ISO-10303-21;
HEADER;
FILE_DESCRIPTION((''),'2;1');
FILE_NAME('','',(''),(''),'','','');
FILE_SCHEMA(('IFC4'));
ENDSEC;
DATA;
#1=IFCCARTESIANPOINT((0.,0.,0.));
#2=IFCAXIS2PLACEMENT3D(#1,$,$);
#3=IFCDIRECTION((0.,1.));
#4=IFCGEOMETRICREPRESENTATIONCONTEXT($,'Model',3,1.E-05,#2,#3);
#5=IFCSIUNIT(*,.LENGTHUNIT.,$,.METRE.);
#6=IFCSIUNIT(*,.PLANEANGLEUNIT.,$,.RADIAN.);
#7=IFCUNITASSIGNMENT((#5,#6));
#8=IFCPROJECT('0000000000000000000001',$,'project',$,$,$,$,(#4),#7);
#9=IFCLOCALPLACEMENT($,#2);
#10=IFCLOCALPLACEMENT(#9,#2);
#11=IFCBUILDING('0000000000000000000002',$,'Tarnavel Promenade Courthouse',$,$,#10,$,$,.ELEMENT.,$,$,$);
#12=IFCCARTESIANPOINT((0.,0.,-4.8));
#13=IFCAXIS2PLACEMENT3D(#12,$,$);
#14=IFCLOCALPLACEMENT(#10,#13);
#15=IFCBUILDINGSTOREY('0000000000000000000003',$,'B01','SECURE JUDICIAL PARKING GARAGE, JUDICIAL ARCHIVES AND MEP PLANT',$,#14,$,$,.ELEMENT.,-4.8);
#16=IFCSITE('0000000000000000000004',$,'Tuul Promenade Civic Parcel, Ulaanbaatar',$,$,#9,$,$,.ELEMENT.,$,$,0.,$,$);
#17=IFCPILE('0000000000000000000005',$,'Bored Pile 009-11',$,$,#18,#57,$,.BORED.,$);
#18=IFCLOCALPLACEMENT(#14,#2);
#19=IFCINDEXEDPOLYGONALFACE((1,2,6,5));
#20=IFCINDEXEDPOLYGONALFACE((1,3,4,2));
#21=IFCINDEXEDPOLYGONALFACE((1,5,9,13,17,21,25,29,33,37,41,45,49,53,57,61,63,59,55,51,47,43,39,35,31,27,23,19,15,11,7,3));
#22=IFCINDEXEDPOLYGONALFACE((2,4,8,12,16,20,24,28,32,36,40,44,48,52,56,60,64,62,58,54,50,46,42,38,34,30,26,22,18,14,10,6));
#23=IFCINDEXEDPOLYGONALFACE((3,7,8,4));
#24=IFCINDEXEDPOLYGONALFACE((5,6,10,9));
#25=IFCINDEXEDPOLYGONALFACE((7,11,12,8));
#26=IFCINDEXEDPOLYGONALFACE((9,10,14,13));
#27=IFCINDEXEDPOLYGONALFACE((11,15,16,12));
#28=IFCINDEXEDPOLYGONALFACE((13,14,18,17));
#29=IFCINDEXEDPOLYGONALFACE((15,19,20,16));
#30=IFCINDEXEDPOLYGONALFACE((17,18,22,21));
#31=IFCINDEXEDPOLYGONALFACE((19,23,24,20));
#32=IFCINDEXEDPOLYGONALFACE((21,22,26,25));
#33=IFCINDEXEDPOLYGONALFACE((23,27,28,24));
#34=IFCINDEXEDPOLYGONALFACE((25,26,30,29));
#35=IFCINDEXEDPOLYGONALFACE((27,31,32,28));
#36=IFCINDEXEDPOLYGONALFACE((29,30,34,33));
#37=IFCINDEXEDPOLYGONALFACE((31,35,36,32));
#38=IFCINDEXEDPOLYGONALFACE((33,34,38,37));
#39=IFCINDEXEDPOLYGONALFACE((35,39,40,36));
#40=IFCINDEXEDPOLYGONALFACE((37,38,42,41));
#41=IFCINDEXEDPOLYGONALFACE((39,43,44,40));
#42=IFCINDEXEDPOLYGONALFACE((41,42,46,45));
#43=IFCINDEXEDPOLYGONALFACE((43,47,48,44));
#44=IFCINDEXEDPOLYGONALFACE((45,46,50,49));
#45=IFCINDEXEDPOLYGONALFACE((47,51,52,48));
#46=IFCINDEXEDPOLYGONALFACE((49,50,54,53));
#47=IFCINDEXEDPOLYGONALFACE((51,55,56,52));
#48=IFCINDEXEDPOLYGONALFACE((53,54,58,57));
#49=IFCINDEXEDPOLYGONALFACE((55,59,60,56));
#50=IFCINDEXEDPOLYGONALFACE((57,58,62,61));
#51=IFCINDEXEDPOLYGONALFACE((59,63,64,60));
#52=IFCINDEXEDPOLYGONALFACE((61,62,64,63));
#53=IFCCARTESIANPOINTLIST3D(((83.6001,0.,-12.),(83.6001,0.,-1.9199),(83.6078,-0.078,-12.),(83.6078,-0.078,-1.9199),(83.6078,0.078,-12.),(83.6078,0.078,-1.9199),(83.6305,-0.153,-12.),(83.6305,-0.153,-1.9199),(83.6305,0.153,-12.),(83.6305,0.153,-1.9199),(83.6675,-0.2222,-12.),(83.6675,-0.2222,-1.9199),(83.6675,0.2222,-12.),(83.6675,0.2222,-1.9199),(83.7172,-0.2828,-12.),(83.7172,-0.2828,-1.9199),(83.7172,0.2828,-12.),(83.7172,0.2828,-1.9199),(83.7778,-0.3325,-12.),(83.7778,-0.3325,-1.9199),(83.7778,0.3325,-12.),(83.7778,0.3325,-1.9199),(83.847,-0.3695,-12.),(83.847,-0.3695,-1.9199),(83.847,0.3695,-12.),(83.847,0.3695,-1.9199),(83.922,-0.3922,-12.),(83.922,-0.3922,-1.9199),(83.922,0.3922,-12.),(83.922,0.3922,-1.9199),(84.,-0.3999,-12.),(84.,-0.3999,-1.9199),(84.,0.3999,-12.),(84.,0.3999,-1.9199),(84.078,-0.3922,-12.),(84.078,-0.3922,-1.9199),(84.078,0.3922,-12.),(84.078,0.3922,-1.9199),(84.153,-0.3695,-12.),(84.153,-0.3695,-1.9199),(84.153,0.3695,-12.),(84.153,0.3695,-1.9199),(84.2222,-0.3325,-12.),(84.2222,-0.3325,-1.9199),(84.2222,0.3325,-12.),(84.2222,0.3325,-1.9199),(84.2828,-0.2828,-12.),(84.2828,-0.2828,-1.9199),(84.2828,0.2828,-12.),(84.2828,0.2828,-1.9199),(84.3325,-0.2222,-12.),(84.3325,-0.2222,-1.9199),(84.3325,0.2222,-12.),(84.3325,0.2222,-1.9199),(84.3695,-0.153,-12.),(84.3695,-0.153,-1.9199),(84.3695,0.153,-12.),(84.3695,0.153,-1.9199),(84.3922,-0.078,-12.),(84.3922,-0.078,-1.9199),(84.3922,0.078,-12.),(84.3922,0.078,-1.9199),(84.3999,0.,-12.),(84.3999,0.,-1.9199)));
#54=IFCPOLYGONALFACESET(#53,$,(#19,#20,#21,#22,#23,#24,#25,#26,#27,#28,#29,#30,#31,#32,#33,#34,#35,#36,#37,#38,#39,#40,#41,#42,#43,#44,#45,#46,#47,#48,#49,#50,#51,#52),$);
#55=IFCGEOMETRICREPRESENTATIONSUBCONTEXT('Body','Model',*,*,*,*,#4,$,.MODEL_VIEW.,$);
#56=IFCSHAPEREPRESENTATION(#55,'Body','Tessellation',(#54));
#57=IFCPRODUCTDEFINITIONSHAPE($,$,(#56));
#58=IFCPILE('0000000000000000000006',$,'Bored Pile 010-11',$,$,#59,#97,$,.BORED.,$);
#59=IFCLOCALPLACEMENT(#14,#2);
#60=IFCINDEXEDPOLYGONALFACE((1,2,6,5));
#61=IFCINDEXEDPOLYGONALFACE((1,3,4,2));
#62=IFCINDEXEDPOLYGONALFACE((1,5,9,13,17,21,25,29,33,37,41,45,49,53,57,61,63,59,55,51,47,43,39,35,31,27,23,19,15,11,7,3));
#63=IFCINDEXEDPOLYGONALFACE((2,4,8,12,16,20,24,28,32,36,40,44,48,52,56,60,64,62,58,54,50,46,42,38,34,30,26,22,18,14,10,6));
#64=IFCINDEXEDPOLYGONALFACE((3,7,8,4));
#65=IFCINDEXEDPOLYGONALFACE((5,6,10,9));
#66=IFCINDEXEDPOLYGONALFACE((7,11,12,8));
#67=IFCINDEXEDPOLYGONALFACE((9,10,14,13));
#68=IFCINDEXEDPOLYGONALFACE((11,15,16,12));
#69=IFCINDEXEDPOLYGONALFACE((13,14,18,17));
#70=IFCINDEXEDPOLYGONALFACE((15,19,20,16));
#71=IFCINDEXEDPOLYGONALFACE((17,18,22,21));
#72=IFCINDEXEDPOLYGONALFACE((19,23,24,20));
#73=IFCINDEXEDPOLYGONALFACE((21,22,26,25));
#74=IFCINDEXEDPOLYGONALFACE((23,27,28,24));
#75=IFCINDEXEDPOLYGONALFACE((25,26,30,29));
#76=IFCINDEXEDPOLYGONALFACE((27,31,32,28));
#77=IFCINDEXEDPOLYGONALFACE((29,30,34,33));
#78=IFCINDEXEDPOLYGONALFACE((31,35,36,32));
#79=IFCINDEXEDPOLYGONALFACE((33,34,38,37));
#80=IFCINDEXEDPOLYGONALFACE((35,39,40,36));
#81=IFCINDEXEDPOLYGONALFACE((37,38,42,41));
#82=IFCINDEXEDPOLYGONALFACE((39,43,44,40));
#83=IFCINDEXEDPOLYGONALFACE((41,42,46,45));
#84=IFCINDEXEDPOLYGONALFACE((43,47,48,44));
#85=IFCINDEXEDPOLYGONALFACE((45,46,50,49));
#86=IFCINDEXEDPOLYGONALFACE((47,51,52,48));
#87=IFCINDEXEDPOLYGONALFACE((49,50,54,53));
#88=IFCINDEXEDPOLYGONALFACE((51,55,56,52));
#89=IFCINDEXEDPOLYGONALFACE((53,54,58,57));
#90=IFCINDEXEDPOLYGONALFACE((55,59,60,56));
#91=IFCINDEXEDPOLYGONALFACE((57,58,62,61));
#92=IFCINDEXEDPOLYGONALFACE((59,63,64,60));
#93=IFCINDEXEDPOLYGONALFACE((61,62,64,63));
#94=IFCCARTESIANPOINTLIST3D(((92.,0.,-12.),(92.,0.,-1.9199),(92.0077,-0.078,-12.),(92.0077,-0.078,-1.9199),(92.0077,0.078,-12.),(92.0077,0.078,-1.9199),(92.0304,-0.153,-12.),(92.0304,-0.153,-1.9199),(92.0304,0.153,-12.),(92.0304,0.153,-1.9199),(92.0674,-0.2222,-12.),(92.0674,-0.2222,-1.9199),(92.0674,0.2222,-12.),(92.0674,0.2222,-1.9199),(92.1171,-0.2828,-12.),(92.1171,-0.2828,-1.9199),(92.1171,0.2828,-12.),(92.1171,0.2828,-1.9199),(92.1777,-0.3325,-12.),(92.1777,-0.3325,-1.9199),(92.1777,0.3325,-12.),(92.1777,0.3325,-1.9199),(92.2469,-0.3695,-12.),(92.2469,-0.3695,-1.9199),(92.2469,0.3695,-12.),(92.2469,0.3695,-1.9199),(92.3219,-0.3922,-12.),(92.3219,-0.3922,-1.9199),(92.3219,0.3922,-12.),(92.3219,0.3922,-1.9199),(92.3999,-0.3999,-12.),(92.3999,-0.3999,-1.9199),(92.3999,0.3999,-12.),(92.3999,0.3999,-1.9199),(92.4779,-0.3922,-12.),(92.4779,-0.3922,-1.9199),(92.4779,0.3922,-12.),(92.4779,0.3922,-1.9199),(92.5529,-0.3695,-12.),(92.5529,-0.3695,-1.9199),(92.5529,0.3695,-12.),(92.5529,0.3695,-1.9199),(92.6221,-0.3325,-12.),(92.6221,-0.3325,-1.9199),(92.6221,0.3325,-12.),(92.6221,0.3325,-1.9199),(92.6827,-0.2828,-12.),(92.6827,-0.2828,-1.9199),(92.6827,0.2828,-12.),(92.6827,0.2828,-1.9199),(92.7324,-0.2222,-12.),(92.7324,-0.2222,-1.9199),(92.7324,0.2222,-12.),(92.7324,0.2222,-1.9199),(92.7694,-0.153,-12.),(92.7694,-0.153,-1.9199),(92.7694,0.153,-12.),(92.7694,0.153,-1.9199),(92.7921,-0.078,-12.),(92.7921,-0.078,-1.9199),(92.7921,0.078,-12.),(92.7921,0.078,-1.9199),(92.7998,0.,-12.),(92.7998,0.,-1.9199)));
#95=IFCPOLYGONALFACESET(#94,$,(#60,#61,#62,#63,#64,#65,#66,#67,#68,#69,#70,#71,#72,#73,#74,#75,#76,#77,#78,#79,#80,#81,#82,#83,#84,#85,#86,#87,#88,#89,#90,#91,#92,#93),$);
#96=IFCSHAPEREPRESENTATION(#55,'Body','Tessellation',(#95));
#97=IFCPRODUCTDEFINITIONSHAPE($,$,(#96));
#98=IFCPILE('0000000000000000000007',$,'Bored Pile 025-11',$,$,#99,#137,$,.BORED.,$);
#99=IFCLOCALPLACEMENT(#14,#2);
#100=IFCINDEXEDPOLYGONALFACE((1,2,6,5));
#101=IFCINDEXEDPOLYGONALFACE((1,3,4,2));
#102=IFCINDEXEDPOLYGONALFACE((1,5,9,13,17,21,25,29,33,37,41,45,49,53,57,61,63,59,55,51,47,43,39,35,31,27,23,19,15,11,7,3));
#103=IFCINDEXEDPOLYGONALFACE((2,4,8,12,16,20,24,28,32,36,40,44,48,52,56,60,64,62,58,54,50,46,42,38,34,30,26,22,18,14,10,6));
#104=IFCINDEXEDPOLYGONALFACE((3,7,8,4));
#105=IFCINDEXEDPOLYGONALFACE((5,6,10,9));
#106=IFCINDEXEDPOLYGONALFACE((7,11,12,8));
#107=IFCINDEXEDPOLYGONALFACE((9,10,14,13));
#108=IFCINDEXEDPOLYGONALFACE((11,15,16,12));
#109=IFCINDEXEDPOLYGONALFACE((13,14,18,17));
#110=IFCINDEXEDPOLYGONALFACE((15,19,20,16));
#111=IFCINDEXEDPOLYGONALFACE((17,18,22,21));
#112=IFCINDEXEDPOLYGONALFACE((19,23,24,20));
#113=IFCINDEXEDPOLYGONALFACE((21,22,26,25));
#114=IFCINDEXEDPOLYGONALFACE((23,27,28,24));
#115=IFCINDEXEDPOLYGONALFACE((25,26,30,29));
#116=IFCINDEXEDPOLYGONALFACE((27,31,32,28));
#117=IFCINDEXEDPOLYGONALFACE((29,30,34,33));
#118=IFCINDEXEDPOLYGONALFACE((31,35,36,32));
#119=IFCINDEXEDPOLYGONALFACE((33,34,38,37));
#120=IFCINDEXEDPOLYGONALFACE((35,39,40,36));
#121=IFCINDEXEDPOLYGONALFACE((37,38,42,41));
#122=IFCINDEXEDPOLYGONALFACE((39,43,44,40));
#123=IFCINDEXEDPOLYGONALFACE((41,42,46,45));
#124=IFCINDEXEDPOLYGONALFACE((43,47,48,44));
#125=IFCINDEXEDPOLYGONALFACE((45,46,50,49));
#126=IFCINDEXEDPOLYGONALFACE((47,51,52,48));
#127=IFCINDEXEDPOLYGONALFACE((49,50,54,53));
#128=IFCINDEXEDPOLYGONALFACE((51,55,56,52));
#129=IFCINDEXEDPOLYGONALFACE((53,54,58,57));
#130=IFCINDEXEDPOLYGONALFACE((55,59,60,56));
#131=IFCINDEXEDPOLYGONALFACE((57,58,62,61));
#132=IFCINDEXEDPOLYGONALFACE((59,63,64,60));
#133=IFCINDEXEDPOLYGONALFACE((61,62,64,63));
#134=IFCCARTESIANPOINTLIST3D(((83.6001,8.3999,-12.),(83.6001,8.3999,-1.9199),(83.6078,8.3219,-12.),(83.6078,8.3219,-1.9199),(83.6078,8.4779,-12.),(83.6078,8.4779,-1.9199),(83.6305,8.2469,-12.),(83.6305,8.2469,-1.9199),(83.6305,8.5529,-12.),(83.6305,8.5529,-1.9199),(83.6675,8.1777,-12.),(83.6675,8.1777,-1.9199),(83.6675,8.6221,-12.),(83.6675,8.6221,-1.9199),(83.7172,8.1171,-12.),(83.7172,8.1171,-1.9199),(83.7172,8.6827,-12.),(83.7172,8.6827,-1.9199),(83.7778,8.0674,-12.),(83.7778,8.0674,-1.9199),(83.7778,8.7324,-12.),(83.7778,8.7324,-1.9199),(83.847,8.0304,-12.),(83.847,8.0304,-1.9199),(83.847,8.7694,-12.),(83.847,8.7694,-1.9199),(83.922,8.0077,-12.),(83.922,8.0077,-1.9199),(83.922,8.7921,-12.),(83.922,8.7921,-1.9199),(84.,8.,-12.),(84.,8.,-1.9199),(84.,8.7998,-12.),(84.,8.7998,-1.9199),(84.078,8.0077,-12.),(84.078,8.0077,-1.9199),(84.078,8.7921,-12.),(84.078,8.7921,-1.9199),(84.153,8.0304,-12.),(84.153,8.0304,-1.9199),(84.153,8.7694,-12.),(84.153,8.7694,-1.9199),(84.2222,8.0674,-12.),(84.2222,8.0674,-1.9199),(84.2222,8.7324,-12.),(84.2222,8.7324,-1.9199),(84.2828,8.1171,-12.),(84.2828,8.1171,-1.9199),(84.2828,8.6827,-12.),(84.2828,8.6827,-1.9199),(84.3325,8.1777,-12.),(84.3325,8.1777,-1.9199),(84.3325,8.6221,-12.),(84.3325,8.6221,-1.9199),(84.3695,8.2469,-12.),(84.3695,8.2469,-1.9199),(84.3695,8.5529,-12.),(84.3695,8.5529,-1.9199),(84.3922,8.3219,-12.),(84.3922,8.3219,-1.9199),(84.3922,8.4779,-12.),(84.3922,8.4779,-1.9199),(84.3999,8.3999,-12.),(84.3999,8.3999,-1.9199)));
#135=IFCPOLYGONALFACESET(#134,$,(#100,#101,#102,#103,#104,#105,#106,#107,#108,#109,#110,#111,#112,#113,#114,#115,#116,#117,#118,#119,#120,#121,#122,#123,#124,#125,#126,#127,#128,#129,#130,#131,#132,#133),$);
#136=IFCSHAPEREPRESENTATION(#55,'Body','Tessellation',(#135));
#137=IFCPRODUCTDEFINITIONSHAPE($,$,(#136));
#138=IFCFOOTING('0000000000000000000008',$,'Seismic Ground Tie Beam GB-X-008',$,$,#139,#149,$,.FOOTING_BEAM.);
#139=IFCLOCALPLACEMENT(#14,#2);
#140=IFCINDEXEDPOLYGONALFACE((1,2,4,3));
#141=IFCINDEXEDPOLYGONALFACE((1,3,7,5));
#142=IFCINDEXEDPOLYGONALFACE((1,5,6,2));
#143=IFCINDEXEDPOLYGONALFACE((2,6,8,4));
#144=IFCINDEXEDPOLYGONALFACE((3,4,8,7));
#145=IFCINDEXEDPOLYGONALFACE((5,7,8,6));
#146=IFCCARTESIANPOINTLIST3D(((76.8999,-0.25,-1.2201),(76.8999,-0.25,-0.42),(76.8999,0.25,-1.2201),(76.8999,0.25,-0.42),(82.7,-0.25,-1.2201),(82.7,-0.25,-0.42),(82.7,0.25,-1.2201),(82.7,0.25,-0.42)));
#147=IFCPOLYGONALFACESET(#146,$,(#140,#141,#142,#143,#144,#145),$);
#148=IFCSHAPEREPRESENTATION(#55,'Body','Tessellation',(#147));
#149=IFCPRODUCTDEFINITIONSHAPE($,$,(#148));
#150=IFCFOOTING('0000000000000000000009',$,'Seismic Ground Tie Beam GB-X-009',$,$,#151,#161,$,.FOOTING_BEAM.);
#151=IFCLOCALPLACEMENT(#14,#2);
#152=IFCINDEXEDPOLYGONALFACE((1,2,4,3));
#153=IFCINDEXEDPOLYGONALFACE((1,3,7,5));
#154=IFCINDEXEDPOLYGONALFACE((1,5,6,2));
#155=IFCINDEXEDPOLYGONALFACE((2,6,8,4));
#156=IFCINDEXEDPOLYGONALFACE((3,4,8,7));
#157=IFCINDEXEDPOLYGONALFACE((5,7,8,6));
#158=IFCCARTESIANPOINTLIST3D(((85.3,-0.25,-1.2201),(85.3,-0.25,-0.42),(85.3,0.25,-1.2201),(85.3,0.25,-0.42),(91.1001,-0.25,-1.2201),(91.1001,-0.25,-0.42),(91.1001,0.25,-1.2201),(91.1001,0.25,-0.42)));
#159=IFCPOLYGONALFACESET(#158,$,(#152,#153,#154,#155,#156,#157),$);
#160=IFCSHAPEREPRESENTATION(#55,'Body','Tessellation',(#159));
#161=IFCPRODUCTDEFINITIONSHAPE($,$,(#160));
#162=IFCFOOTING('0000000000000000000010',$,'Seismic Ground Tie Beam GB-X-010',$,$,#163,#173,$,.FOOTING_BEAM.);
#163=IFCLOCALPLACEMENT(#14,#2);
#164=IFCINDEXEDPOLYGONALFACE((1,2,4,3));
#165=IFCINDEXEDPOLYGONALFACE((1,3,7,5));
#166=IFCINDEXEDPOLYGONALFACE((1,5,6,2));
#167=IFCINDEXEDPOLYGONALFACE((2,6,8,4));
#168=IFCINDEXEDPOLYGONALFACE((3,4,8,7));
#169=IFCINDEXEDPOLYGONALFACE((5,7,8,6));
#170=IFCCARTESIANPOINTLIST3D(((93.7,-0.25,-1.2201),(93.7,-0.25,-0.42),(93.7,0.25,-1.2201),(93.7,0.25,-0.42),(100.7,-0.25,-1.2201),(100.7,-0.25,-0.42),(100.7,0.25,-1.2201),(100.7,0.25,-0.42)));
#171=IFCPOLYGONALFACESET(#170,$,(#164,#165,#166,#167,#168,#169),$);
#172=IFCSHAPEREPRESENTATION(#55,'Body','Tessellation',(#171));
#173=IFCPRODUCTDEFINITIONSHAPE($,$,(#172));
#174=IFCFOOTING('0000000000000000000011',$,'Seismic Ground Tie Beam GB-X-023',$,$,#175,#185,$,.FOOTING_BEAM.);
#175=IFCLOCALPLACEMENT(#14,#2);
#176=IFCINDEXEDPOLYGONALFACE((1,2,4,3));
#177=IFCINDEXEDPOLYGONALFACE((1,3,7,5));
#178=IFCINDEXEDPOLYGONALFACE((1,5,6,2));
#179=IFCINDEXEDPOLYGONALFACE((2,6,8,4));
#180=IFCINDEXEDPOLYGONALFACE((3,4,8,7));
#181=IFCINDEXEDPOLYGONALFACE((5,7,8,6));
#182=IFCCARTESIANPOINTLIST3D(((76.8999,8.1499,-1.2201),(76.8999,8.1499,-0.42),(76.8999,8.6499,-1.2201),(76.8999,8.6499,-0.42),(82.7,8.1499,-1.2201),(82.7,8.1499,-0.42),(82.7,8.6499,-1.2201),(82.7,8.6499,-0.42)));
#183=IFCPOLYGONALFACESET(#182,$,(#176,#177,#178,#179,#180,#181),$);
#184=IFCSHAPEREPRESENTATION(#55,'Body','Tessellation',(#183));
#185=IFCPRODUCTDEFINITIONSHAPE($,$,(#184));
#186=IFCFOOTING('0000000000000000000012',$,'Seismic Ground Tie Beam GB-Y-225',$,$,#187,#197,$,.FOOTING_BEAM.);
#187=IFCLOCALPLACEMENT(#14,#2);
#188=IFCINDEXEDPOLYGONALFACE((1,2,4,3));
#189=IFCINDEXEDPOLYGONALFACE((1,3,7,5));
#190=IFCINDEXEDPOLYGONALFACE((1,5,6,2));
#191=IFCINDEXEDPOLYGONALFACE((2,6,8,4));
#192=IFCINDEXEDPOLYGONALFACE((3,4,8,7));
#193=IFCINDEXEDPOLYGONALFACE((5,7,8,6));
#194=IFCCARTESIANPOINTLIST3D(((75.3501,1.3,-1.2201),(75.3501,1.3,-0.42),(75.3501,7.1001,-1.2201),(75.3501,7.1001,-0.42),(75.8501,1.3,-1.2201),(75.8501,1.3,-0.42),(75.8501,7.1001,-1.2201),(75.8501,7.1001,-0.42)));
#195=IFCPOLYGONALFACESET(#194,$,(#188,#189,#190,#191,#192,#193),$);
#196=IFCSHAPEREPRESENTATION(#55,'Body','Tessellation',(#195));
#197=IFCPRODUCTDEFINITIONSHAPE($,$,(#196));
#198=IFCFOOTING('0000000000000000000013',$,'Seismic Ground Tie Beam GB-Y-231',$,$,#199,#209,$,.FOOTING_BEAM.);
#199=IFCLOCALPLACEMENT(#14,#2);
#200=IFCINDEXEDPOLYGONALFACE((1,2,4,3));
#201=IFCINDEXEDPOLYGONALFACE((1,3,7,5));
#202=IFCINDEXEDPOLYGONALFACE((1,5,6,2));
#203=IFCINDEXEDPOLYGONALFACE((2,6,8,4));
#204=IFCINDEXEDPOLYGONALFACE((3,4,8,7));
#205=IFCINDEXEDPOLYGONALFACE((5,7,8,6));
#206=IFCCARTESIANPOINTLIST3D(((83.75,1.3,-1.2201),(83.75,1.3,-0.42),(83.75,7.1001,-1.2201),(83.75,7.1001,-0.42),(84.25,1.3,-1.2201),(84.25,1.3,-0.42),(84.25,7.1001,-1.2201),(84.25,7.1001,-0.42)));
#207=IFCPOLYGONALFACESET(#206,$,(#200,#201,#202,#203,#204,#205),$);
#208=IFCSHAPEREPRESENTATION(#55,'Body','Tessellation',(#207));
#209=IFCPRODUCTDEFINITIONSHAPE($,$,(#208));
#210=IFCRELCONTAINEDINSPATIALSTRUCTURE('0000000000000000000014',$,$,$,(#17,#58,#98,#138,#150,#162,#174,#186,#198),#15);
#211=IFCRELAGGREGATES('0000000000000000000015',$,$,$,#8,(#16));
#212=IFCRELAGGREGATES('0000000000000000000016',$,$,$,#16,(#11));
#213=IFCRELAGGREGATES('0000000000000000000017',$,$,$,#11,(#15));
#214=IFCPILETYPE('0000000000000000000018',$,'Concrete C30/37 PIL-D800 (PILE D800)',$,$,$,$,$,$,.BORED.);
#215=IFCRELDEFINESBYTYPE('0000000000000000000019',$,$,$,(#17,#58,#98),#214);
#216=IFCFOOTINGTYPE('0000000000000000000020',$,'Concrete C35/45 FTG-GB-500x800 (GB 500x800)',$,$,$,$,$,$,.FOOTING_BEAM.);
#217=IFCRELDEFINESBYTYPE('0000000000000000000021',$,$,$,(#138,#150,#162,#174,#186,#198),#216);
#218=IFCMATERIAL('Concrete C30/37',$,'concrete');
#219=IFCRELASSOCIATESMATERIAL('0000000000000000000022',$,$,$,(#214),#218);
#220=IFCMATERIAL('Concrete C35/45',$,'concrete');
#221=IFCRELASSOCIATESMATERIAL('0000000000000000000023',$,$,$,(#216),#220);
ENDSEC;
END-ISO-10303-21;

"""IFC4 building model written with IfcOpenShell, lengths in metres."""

from ifc_helpers import new_model, si_unit, direction, frame, origin, origin_2d, place, context, subcontext, project, spatial, rectangle, circle, extrude, material, material_profile, profile_set, type_object, element, save


model = new_model("IFC4")

# Units and contexts
model_context = context("Model", 3, precision=1e-05, world=origin(), true_north=direction((0.0, 1.0)))
body_context = subcontext(model_context, "Body", "Model", "MODEL_VIEW")
ifc_project = project(units=[si_unit("LENGTHUNIT", "METRE"), si_unit("PLANEANGLEUNIT", "RADIAN")], contexts=[model_context])

# Site, building, storey
site_placement = place(None, origin())
site = spatial("IfcSite", under=ifc_project, at=site_placement, Name="Tuul Promenade Civic Parcel, Ulaanbaatar", CompositionType="ELEMENT", RefElevation=0.0)
building_placement = place(site_placement, origin())
building = spatial("IfcBuilding", under=site, at=building_placement, Name="Tarnavel Promenade Courthouse", CompositionType="ELEMENT")
storey_placement = place(building_placement, frame((0.0, 0.0, -4.8)))
storey = spatial("IfcBuildingStorey", under=building, at=storey_placement, Name="B01", Description="SECURE JUDICIAL PARKING GARAGE, JUDICIAL ARCHIVES AND MEP PLANT", CompositionType="ELEMENT", Elevation=-4.8)

# Piles
ifc_material_1 = material(Name="Concrete C30/37", Category="concrete")
ifc_material_profile_1 = material_profile(ifc_material_1, circle(Radius=0.3999, at=origin_2d()), Name="PILE D800")
ifc_profile_set_1 = profile_set([ifc_material_profile_1], Name="Concrete C30/37")
pile_type = type_object("IfcPileType", Name="Concrete C30/37 PIL-D800 (PILE D800)", PredefinedType="BORED", material=ifc_profile_set_1)
for number, where, z_axis, x_axis, name in (
    (1, (84.0, 0.0, -1.9199), (0.0, 0.0, -1.0), (1.0, 0.0, 0.0), "Bored Pile 009-11"),
    (2, (92.3999, 0.0, -1.9199), (0.0, 0.0, -1.0), (1.0, 0.0, 0.0), "Bored Pile 010-11"),
    (3, (84.0, 8.3999, -1.9199), (0.0, 0.0, -1.0), (1.0, 0.0, 0.0), "Bored Pile 025-11"),
):
    element("IfcPile", number, at=place(storey_placement, frame(where, z_axis=z_axis, x_axis=x_axis)), inside=storey, type_object=pile_type, Name=name, PredefinedType="BORED", context=body_context, shape_type="SweptSolid", body=[
        extrude(circle(Radius=0.3999, at=origin_2d()), origin(), (0.0, 0.0, 1.0), 10.0801),
    ])

# Footings
ifc_material_2 = material(Name="Concrete C35/45", Category="concrete")
ifc_material_profile_2 = material_profile(ifc_material_2, rectangle(XDim=0.5, YDim=0.8, at=origin_2d()), Name="GB 500x800")
ifc_profile_set_2 = profile_set([ifc_material_profile_2], Name="Concrete C35/45")
footing_type_1 = type_object("IfcFootingType", Name="Concrete C35/45 FTG-GB-500x800 (GB 500x800)", PredefinedType="FOOTING_BEAM", material=ifc_profile_set_2)
for number, where, z_axis, x_axis, name in (
    (4, (76.8999, 0.0, -0.8201), (1.0, 0.0, 0.0), (0.0, 1.0, 0.0), "Seismic Ground Tie Beam GB-X-008"),
    (5, (85.3, 0.0, -0.8201), (1.0, 0.0, 0.0), (0.0, 1.0, 0.0), "Seismic Ground Tie Beam GB-X-009"),
):
    element("IfcFooting", number, at=place(storey_placement, frame(where, z_axis=z_axis, x_axis=x_axis)), inside=storey, type_object=footing_type_1, Name=name, PredefinedType="FOOTING_BEAM", context=body_context, shape_type="SweptSolid", body=[
        extrude(rectangle(XDim=0.5, YDim=0.8, at=origin_2d()), origin(), (0.0, 0.0, 1.0), 5.8),
    ])
footing_1_placement = place(storey_placement, frame((93.7, 0.0, -0.8201), z_axis=(1.0, 0.0, 0.0), x_axis=(0.0, 1.0, 0.0)))
element("IfcFooting", 6, at=footing_1_placement, inside=storey, type_object=footing_type_1, Name="Seismic Ground Tie Beam GB-X-010", PredefinedType="FOOTING_BEAM", context=body_context, shape_type="SweptSolid", body=[
    extrude(rectangle(XDim=0.5, YDim=0.8, at=origin_2d()), origin(), (0.0, 0.0, 1.0), 7.0),
])
for number, where, z_axis, x_axis, name in (
    (7, (76.8999, 8.3999, -0.8201), (1.0, 0.0, 0.0), (0.0, 1.0, 0.0), "Seismic Ground Tie Beam GB-X-023"),
    (8, (75.6001, 1.3, -0.8201), (0.0, 1.0, 0.0), (-1.0, 0.0, 0.0), "Seismic Ground Tie Beam GB-Y-225"),
    (9, (84.0, 1.3, -0.8201), (0.0, 1.0, 0.0), (-1.0, 0.0, 0.0), "Seismic Ground Tie Beam GB-Y-231"),
):
    element("IfcFooting", number, at=place(storey_placement, frame(where, z_axis=z_axis, x_axis=x_axis)), inside=storey, type_object=footing_type_1, Name=name, PredefinedType="FOOTING_BEAM", context=body_context, shape_type="SweptSolid", body=[
        extrude(rectangle(XDim=0.5, YDim=0.8, at=origin_2d()), origin(), (0.0, 0.0, 1.0), 5.8),
    ])

save(model, "model.ifc")
